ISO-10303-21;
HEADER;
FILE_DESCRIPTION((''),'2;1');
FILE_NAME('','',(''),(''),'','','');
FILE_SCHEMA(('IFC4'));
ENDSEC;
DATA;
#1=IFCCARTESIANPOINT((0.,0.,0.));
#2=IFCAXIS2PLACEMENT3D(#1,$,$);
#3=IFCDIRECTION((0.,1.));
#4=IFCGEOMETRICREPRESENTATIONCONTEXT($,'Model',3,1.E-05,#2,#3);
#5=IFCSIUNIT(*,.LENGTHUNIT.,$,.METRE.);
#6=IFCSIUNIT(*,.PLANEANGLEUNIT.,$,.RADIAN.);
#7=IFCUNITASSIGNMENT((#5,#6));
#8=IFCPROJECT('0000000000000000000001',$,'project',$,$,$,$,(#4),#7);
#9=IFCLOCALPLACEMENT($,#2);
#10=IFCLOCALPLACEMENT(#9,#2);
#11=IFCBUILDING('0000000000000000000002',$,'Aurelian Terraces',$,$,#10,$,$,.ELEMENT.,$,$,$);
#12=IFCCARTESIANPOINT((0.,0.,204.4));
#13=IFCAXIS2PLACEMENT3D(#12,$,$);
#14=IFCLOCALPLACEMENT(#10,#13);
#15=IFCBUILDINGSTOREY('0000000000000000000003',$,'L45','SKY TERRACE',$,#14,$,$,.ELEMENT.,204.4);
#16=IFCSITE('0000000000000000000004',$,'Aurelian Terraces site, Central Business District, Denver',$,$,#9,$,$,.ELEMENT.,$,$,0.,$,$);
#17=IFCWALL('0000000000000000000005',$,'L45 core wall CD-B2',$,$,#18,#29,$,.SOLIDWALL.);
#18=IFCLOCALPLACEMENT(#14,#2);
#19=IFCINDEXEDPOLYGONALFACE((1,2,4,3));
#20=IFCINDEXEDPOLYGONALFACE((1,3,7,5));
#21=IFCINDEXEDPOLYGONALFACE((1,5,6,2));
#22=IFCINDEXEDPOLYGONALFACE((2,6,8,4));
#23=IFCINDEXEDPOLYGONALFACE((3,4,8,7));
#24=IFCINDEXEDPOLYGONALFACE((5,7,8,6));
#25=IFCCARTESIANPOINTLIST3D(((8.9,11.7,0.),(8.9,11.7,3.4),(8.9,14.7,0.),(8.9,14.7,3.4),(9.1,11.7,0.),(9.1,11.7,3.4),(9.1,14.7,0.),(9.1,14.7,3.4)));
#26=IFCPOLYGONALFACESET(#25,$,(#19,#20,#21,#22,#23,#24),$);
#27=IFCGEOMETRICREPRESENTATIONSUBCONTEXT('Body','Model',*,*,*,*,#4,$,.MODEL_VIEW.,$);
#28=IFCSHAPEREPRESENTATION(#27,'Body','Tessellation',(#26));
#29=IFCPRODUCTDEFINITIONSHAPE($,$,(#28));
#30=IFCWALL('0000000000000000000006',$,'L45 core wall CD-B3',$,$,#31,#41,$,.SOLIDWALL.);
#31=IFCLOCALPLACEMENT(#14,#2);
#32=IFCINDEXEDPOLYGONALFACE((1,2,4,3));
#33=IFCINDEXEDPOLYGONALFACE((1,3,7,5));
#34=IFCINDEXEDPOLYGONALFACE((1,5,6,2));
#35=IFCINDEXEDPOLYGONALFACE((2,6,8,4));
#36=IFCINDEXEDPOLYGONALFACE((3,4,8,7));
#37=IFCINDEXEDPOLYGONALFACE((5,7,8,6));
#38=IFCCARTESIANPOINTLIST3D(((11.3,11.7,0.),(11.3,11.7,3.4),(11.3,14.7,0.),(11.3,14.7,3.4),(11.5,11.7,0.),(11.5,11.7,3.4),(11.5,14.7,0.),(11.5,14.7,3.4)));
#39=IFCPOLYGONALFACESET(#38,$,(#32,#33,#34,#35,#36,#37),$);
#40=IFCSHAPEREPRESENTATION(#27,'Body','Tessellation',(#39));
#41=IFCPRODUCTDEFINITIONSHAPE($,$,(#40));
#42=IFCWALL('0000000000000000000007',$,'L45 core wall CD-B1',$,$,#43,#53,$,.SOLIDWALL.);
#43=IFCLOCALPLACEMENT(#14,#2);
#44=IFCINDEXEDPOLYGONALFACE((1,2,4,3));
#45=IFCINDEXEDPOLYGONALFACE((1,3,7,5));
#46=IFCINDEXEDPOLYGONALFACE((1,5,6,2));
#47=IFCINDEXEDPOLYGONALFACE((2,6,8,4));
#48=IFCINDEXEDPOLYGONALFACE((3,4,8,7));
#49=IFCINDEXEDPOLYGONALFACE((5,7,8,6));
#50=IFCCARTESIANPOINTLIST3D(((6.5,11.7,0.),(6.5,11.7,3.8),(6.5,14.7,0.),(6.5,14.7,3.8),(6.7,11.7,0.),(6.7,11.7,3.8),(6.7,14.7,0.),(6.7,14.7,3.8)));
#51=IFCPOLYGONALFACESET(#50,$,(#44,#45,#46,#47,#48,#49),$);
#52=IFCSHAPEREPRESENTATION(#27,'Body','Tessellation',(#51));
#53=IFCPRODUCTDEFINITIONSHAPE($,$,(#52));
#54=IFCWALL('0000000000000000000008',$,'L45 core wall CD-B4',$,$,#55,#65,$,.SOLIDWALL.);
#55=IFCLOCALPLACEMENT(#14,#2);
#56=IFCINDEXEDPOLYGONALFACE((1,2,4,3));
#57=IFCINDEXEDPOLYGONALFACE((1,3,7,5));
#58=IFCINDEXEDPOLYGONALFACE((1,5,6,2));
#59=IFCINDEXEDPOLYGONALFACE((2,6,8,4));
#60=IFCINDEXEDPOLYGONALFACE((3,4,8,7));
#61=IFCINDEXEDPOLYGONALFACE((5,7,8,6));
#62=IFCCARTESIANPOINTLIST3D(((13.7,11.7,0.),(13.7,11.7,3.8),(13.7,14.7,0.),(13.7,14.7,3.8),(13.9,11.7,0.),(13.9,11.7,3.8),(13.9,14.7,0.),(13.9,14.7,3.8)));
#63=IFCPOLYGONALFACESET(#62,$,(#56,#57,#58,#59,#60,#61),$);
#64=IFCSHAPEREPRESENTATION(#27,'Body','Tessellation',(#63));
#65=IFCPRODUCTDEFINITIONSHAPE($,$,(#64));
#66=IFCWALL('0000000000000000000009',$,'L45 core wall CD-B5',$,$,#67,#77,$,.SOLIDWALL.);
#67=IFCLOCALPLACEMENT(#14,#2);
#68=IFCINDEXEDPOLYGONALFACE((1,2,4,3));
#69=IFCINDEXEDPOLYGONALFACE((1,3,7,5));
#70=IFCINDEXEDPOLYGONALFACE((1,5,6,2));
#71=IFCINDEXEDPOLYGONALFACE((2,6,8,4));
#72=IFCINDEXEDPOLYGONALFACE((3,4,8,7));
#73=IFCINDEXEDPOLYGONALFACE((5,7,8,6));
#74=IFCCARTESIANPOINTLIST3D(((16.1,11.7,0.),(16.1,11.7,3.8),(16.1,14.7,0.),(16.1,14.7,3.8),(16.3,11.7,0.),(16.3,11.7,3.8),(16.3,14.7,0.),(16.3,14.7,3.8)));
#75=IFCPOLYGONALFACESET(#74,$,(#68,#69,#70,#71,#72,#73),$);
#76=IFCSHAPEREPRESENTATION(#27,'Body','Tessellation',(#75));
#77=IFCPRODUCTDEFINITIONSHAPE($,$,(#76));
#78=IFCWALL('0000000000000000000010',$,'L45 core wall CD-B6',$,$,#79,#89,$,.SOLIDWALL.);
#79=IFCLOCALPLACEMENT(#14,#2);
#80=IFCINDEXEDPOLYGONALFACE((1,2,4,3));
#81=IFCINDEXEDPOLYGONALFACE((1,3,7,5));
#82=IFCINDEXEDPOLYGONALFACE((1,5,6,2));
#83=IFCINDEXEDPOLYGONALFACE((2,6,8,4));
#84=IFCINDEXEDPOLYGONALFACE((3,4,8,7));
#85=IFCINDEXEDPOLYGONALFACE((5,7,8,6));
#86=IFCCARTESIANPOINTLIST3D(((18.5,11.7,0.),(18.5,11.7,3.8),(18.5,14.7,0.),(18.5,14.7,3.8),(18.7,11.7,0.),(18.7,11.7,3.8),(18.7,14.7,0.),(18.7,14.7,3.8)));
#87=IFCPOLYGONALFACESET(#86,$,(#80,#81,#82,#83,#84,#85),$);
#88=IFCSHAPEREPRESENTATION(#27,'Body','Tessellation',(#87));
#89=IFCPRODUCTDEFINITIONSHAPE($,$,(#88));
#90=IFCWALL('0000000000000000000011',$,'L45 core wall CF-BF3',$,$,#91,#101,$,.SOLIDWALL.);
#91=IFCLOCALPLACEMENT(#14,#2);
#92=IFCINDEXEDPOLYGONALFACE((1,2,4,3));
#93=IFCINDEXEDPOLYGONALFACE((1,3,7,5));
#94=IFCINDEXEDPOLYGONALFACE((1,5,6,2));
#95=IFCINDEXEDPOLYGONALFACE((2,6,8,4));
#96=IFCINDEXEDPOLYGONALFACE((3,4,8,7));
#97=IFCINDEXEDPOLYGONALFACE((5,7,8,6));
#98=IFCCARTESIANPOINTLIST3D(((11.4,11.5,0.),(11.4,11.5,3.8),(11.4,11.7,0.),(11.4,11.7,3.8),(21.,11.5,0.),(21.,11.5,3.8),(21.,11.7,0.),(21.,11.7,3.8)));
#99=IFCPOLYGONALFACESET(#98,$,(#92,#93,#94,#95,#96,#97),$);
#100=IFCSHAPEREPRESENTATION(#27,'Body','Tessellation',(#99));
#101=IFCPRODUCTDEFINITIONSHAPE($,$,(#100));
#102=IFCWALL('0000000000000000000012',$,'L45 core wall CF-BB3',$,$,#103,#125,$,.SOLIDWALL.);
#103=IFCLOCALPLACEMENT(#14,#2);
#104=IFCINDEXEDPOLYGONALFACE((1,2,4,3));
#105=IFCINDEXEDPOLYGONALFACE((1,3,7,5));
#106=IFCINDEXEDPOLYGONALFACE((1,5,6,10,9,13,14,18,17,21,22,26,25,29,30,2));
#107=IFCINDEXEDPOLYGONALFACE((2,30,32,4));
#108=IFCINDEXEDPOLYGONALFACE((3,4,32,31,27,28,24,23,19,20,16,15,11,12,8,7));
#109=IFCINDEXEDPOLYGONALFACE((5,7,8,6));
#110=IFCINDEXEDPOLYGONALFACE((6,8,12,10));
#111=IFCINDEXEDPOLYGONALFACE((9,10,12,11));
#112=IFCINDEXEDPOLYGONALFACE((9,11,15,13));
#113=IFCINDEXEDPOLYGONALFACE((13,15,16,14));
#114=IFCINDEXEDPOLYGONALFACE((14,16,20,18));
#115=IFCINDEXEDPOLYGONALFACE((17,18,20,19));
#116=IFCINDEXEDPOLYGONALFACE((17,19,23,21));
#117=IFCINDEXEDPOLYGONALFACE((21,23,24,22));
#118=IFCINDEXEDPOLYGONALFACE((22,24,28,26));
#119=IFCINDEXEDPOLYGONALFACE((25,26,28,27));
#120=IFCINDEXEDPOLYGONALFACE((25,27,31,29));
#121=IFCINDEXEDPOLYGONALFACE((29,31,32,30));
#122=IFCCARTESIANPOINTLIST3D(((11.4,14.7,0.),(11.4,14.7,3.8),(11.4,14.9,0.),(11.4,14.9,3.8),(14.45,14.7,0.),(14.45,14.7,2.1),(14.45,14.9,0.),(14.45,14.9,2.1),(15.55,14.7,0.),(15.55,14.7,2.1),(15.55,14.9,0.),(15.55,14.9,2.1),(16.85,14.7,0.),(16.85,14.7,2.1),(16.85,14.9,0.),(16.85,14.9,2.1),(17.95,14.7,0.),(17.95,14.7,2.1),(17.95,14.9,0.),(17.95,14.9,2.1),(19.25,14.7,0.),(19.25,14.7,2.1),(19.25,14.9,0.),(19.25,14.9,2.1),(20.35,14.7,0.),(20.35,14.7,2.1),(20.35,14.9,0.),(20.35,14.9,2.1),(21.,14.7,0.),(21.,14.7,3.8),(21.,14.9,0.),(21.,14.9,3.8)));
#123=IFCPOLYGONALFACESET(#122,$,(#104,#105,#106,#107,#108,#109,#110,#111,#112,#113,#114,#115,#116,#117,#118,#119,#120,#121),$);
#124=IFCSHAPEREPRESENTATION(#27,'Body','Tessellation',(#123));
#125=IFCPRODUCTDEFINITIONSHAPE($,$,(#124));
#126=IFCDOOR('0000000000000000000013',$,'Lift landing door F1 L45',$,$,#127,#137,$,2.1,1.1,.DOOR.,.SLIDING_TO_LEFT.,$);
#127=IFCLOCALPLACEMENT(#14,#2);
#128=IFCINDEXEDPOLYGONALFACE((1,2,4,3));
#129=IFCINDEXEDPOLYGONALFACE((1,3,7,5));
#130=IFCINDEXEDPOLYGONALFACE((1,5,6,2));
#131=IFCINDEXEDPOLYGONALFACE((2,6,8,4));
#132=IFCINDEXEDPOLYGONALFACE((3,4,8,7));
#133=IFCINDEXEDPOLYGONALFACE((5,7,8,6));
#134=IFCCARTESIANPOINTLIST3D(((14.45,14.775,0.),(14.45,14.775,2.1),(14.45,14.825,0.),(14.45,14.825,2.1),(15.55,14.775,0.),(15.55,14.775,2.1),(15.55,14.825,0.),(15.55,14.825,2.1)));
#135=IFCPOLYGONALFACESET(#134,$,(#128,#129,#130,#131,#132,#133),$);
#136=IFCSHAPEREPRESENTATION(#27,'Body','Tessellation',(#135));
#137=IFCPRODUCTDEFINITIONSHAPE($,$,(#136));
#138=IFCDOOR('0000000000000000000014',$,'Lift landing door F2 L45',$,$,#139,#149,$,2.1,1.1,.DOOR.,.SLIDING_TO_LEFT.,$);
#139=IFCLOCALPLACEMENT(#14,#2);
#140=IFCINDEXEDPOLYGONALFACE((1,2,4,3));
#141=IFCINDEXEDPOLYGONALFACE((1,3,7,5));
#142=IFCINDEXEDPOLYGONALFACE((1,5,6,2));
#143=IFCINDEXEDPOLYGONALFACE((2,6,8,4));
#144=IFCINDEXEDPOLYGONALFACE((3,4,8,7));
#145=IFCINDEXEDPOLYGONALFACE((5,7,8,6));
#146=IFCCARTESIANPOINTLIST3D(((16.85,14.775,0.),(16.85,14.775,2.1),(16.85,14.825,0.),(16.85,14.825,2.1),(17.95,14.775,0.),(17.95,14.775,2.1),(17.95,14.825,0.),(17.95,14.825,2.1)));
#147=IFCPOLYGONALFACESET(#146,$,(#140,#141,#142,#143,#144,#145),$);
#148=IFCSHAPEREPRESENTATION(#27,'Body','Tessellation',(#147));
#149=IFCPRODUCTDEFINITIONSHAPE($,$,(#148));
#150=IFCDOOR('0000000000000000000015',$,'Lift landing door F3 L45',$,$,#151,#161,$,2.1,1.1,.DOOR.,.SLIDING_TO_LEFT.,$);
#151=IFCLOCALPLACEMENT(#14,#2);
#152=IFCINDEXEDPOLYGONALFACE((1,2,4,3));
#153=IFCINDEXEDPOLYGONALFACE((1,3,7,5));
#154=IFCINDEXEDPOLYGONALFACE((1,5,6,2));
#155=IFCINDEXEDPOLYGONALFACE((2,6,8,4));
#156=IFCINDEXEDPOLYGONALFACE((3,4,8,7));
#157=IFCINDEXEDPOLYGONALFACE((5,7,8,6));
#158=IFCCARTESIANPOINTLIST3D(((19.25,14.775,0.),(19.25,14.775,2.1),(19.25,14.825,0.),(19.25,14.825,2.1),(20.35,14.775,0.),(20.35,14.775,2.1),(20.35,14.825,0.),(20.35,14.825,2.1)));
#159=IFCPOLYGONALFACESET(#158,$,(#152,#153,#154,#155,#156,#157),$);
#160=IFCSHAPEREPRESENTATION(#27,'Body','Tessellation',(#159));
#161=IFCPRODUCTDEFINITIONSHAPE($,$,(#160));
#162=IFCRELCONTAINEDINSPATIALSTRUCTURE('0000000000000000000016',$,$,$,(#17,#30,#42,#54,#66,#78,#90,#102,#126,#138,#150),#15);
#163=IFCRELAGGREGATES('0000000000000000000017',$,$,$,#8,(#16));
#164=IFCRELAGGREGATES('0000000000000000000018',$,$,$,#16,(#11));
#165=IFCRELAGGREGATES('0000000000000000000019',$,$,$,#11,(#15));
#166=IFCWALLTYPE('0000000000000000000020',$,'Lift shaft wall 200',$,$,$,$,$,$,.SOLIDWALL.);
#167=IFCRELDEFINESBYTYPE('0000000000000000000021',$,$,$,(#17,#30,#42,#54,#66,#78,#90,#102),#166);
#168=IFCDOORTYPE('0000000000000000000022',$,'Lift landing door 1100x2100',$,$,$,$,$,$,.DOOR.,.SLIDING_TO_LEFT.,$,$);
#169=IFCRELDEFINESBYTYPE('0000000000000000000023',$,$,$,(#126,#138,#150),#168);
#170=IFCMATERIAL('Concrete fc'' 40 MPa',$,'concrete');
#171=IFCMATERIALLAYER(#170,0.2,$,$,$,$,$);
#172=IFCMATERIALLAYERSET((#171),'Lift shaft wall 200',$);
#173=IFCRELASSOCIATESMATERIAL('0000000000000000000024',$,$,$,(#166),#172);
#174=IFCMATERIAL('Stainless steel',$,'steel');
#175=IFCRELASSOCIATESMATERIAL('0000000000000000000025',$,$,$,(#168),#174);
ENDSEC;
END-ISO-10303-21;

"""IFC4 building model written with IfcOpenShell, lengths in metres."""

from ifc_helpers import new_model, si_unit, direction, frame, frame_2d, origin, place, context, subcontext, project, spatial, rectangle, extrude, source, transform, mapped, material, layer, layer_set, type_object, element, fill, save


model = new_model("IFC4")

# Units and contexts
model_context = context("Model", 3, precision=1e-05, world=origin(), true_north=direction((0.0, 1.0)))
body_context = subcontext(model_context, "Body", "Model", "MODEL_VIEW")
ifc_project = project(units=[si_unit("LENGTHUNIT", "METRE"), si_unit("PLANEANGLEUNIT", "RADIAN")], contexts=[model_context])

# Site, building, storey
site_placement = place(None, origin())
site = spatial("IfcSite", under=ifc_project, at=site_placement, Name="Aurelian Terraces site, Central Business District, Denver", CompositionType="ELEMENT", RefElevation=0.0)
building_placement = place(site_placement, origin())
building = spatial("IfcBuilding", under=site, at=building_placement, Name="Aurelian Terraces", CompositionType="ELEMENT")
storey_placement = place(building_placement, frame((0.0, 0.0, 204.4)))
storey = spatial("IfcBuildingStorey", under=building, at=storey_placement, Name="L45", Description="SKY TERRACE", CompositionType="ELEMENT", Elevation=204.4)

# Walls
ifc_material_1 = material(Name="Concrete fc' 40 MPa", Category="concrete")
ifc_layer_1 = layer(ifc_material_1, 0.2)
ifc_layer_set_1 = layer_set([ifc_layer_1], Name="Lift shaft wall 200")
wall_type_1 = type_object("IfcWallType", Name="Lift shaft wall 200", PredefinedType="SOLIDWALL", material=ifc_layer_set_1)
shared_shape_1 = source(origin(), body_context, "Body", "SweptSolid", [
    extrude(rectangle(XDim=3.0, YDim=0.2, at=frame_2d((1.5, 0.0))), origin(), (0.0, 0.0, 1.0), 3.4),
])
for number, where, z_axis, x_axis, name in (
    (1, (9.0, 11.7, 0.0), (0.0, 0.0, 1.0), (0.0, 1.0, 0.0), "L45 core wall CD-B2"),
    (2, (11.4, 11.7, 0.0), (0.0, 0.0, 1.0), (0.0, 1.0, 0.0), "L45 core wall CD-B3"),
):
    element("IfcWall", number, at=place(storey_placement, frame(where, z_axis=z_axis, x_axis=x_axis)), inside=storey, type_object=wall_type_1, Name=name, PredefinedType="SOLIDWALL", context=body_context, shape_type="MappedRepresentation", body=[
        mapped(shared_shape_1, transform((0.0, 0.0, 0.0), scale=1.0)),
    ])
shared_shape_2 = source(origin(), body_context, "Body", "SweptSolid", [
    extrude(rectangle(XDim=3.0, YDim=0.2, at=frame_2d((1.5, 0.0))), origin(), (0.0, 0.0, 1.0), 3.8),
])
for number, where, z_axis, x_axis, name in (
    (3, (6.6, 11.7, 0.0), (0.0, 0.0, 1.0), (0.0, 1.0, 0.0), "L45 core wall CD-B1"),
    (4, (13.8, 11.7, 0.0), (0.0, 0.0, 1.0), (0.0, 1.0, 0.0), "L45 core wall CD-B4"),
    (5, (16.2, 11.7, 0.0), (0.0, 0.0, 1.0), (0.0, 1.0, 0.0), "L45 core wall CD-B5"),
    (6, (18.6, 11.7, 0.0), (0.0, 0.0, 1.0), (0.0, 1.0, 0.0), "L45 core wall CD-B6"),
):
    element("IfcWall", number, at=place(storey_placement, frame(where, z_axis=z_axis, x_axis=x_axis)), inside=storey, type_object=wall_type_1, Name=name, PredefinedType="SOLIDWALL", context=body_context, shape_type="MappedRepresentation", body=[
        mapped(shared_shape_2, transform((0.0, 0.0, 0.0), scale=1.0)),
    ])
shared_shape_3 = source(origin(), body_context, "Body", "SweptSolid", [
    extrude(rectangle(XDim=9.6, YDim=0.2, at=frame_2d((4.8, 0.0))), origin(), (0.0, 0.0, 1.0), 3.8),
])
wall_1_placement = place(storey_placement, frame((11.4, 11.6, 0.0), z_axis=(0.0, 0.0, 1.0), x_axis=(1.0, 0.0, 0.0)))
element("IfcWall", 7, at=wall_1_placement, inside=storey, type_object=wall_type_1, Name="L45 core wall CF-BF3", PredefinedType="SOLIDWALL", context=body_context, shape_type="MappedRepresentation", body=[
    mapped(shared_shape_3, transform((0.0, 0.0, 0.0), scale=1.0)),
])

# Wall, openings, doors
wall_2_placement = place(storey_placement, frame((11.4, 14.8, 0.0), z_axis=(0.0, 0.0, 1.0), x_axis=(1.0, 0.0, 0.0)))
wall_2 = element("IfcWall", 8, at=wall_2_placement, inside=storey, type_object=wall_type_1, Name="L45 core wall CF-BB3", PredefinedType="SOLIDWALL", context=body_context, shape_type="MappedRepresentation", body=[
    mapped(shared_shape_3, transform((0.0, 0.0, 0.0), scale=1.0)),
])
shared_shape_4 = source(origin(), body_context, "Body", "SweptSolid", [
    extrude(rectangle(XDim=1.1, YDim=2.1, at=frame_2d((0.55, 1.05))), frame((0.0, 0.11, 0.0), z_axis=(0.0, -1.0, 0.0), x_axis=(1.0, 0.0, 0.0)), (0.0, 0.0, 1.0), 0.22),
])
opening_1_placement = place(wall_2_placement, frame((3.05, 0.0, 0.0)))
opening_1 = element("IfcOpeningElement", 9, at=opening_1_placement, cuts=wall_2, PredefinedType="OPENING", context=body_context, shape_type="MappedRepresentation", body=[
    mapped(shared_shape_4, transform((0.0, 0.0, 0.0), scale=1.0)),
])
opening_2_placement = place(wall_2_placement, frame((5.45, 0.0, 0.0)))
opening_2 = element("IfcOpeningElement", 10, at=opening_2_placement, cuts=wall_2, PredefinedType="OPENING", context=body_context, shape_type="MappedRepresentation", body=[
    mapped(shared_shape_4, transform((0.0, 0.0, 0.0), scale=1.0)),
])
opening_3_placement = place(wall_2_placement, frame((7.85, 0.0, 0.0)))
opening_3 = element("IfcOpeningElement", 11, at=opening_3_placement, cuts=wall_2, PredefinedType="OPENING", context=body_context, shape_type="MappedRepresentation", body=[
    mapped(shared_shape_4, transform((0.0, 0.0, 0.0), scale=1.0)),
])
ifc_material_2 = material(Name="Stainless steel", Category="steel")
door_type_1 = type_object("IfcDoorType", Name="Lift landing door 1100x2100", OperationType="SLIDING_TO_LEFT", PredefinedType="DOOR", material=ifc_material_2)
shared_shape_5 = source(origin(), body_context, "Body", "SweptSolid", [
    extrude(rectangle(XDim=1.1, YDim=2.1, at=frame_2d((0.55, 1.05))), frame((0.0, 0.025, 0.0), z_axis=(0.0, -1.0, 0.0), x_axis=(1.0, 0.0, 0.0)), (0.0, 0.0, 1.0), 0.05),
])
door_1_placement = place(opening_1_placement, origin())
door_1 = element("IfcDoor", 12, at=door_1_placement, inside=storey, type_object=door_type_1, Name="Lift landing door F1 L45", OperationType="SLIDING_TO_LEFT", OverallHeight=2.1, OverallWidth=1.1, PredefinedType="DOOR", context=body_context, shape_type="MappedRepresentation", body=[
    mapped(shared_shape_5, transform((0.0, 0.0, 0.0), scale=1.0)),
])
fill(opening_1, door_1)
door_2_placement = place(opening_2_placement, origin())
door_2 = element("IfcDoor", 13, at=door_2_placement, inside=storey, type_object=door_type_1, Name="Lift landing door F2 L45", OperationType="SLIDING_TO_LEFT", OverallHeight=2.1, OverallWidth=1.1, PredefinedType="DOOR", context=body_context, shape_type="MappedRepresentation", body=[
    mapped(shared_shape_5, transform((0.0, 0.0, 0.0), scale=1.0)),
])
fill(opening_2, door_2)
door_3_placement = place(opening_3_placement, origin())
door_3 = element("IfcDoor", 14, at=door_3_placement, inside=storey, type_object=door_type_1, Name="Lift landing door F3 L45", OperationType="SLIDING_TO_LEFT", OverallHeight=2.1, OverallWidth=1.1, PredefinedType="DOOR", context=body_context, shape_type="MappedRepresentation", body=[
    mapped(shared_shape_5, transform((0.0, 0.0, 0.0), scale=1.0)),
])
fill(opening_3, door_3)

save(model, "model.ifc")
